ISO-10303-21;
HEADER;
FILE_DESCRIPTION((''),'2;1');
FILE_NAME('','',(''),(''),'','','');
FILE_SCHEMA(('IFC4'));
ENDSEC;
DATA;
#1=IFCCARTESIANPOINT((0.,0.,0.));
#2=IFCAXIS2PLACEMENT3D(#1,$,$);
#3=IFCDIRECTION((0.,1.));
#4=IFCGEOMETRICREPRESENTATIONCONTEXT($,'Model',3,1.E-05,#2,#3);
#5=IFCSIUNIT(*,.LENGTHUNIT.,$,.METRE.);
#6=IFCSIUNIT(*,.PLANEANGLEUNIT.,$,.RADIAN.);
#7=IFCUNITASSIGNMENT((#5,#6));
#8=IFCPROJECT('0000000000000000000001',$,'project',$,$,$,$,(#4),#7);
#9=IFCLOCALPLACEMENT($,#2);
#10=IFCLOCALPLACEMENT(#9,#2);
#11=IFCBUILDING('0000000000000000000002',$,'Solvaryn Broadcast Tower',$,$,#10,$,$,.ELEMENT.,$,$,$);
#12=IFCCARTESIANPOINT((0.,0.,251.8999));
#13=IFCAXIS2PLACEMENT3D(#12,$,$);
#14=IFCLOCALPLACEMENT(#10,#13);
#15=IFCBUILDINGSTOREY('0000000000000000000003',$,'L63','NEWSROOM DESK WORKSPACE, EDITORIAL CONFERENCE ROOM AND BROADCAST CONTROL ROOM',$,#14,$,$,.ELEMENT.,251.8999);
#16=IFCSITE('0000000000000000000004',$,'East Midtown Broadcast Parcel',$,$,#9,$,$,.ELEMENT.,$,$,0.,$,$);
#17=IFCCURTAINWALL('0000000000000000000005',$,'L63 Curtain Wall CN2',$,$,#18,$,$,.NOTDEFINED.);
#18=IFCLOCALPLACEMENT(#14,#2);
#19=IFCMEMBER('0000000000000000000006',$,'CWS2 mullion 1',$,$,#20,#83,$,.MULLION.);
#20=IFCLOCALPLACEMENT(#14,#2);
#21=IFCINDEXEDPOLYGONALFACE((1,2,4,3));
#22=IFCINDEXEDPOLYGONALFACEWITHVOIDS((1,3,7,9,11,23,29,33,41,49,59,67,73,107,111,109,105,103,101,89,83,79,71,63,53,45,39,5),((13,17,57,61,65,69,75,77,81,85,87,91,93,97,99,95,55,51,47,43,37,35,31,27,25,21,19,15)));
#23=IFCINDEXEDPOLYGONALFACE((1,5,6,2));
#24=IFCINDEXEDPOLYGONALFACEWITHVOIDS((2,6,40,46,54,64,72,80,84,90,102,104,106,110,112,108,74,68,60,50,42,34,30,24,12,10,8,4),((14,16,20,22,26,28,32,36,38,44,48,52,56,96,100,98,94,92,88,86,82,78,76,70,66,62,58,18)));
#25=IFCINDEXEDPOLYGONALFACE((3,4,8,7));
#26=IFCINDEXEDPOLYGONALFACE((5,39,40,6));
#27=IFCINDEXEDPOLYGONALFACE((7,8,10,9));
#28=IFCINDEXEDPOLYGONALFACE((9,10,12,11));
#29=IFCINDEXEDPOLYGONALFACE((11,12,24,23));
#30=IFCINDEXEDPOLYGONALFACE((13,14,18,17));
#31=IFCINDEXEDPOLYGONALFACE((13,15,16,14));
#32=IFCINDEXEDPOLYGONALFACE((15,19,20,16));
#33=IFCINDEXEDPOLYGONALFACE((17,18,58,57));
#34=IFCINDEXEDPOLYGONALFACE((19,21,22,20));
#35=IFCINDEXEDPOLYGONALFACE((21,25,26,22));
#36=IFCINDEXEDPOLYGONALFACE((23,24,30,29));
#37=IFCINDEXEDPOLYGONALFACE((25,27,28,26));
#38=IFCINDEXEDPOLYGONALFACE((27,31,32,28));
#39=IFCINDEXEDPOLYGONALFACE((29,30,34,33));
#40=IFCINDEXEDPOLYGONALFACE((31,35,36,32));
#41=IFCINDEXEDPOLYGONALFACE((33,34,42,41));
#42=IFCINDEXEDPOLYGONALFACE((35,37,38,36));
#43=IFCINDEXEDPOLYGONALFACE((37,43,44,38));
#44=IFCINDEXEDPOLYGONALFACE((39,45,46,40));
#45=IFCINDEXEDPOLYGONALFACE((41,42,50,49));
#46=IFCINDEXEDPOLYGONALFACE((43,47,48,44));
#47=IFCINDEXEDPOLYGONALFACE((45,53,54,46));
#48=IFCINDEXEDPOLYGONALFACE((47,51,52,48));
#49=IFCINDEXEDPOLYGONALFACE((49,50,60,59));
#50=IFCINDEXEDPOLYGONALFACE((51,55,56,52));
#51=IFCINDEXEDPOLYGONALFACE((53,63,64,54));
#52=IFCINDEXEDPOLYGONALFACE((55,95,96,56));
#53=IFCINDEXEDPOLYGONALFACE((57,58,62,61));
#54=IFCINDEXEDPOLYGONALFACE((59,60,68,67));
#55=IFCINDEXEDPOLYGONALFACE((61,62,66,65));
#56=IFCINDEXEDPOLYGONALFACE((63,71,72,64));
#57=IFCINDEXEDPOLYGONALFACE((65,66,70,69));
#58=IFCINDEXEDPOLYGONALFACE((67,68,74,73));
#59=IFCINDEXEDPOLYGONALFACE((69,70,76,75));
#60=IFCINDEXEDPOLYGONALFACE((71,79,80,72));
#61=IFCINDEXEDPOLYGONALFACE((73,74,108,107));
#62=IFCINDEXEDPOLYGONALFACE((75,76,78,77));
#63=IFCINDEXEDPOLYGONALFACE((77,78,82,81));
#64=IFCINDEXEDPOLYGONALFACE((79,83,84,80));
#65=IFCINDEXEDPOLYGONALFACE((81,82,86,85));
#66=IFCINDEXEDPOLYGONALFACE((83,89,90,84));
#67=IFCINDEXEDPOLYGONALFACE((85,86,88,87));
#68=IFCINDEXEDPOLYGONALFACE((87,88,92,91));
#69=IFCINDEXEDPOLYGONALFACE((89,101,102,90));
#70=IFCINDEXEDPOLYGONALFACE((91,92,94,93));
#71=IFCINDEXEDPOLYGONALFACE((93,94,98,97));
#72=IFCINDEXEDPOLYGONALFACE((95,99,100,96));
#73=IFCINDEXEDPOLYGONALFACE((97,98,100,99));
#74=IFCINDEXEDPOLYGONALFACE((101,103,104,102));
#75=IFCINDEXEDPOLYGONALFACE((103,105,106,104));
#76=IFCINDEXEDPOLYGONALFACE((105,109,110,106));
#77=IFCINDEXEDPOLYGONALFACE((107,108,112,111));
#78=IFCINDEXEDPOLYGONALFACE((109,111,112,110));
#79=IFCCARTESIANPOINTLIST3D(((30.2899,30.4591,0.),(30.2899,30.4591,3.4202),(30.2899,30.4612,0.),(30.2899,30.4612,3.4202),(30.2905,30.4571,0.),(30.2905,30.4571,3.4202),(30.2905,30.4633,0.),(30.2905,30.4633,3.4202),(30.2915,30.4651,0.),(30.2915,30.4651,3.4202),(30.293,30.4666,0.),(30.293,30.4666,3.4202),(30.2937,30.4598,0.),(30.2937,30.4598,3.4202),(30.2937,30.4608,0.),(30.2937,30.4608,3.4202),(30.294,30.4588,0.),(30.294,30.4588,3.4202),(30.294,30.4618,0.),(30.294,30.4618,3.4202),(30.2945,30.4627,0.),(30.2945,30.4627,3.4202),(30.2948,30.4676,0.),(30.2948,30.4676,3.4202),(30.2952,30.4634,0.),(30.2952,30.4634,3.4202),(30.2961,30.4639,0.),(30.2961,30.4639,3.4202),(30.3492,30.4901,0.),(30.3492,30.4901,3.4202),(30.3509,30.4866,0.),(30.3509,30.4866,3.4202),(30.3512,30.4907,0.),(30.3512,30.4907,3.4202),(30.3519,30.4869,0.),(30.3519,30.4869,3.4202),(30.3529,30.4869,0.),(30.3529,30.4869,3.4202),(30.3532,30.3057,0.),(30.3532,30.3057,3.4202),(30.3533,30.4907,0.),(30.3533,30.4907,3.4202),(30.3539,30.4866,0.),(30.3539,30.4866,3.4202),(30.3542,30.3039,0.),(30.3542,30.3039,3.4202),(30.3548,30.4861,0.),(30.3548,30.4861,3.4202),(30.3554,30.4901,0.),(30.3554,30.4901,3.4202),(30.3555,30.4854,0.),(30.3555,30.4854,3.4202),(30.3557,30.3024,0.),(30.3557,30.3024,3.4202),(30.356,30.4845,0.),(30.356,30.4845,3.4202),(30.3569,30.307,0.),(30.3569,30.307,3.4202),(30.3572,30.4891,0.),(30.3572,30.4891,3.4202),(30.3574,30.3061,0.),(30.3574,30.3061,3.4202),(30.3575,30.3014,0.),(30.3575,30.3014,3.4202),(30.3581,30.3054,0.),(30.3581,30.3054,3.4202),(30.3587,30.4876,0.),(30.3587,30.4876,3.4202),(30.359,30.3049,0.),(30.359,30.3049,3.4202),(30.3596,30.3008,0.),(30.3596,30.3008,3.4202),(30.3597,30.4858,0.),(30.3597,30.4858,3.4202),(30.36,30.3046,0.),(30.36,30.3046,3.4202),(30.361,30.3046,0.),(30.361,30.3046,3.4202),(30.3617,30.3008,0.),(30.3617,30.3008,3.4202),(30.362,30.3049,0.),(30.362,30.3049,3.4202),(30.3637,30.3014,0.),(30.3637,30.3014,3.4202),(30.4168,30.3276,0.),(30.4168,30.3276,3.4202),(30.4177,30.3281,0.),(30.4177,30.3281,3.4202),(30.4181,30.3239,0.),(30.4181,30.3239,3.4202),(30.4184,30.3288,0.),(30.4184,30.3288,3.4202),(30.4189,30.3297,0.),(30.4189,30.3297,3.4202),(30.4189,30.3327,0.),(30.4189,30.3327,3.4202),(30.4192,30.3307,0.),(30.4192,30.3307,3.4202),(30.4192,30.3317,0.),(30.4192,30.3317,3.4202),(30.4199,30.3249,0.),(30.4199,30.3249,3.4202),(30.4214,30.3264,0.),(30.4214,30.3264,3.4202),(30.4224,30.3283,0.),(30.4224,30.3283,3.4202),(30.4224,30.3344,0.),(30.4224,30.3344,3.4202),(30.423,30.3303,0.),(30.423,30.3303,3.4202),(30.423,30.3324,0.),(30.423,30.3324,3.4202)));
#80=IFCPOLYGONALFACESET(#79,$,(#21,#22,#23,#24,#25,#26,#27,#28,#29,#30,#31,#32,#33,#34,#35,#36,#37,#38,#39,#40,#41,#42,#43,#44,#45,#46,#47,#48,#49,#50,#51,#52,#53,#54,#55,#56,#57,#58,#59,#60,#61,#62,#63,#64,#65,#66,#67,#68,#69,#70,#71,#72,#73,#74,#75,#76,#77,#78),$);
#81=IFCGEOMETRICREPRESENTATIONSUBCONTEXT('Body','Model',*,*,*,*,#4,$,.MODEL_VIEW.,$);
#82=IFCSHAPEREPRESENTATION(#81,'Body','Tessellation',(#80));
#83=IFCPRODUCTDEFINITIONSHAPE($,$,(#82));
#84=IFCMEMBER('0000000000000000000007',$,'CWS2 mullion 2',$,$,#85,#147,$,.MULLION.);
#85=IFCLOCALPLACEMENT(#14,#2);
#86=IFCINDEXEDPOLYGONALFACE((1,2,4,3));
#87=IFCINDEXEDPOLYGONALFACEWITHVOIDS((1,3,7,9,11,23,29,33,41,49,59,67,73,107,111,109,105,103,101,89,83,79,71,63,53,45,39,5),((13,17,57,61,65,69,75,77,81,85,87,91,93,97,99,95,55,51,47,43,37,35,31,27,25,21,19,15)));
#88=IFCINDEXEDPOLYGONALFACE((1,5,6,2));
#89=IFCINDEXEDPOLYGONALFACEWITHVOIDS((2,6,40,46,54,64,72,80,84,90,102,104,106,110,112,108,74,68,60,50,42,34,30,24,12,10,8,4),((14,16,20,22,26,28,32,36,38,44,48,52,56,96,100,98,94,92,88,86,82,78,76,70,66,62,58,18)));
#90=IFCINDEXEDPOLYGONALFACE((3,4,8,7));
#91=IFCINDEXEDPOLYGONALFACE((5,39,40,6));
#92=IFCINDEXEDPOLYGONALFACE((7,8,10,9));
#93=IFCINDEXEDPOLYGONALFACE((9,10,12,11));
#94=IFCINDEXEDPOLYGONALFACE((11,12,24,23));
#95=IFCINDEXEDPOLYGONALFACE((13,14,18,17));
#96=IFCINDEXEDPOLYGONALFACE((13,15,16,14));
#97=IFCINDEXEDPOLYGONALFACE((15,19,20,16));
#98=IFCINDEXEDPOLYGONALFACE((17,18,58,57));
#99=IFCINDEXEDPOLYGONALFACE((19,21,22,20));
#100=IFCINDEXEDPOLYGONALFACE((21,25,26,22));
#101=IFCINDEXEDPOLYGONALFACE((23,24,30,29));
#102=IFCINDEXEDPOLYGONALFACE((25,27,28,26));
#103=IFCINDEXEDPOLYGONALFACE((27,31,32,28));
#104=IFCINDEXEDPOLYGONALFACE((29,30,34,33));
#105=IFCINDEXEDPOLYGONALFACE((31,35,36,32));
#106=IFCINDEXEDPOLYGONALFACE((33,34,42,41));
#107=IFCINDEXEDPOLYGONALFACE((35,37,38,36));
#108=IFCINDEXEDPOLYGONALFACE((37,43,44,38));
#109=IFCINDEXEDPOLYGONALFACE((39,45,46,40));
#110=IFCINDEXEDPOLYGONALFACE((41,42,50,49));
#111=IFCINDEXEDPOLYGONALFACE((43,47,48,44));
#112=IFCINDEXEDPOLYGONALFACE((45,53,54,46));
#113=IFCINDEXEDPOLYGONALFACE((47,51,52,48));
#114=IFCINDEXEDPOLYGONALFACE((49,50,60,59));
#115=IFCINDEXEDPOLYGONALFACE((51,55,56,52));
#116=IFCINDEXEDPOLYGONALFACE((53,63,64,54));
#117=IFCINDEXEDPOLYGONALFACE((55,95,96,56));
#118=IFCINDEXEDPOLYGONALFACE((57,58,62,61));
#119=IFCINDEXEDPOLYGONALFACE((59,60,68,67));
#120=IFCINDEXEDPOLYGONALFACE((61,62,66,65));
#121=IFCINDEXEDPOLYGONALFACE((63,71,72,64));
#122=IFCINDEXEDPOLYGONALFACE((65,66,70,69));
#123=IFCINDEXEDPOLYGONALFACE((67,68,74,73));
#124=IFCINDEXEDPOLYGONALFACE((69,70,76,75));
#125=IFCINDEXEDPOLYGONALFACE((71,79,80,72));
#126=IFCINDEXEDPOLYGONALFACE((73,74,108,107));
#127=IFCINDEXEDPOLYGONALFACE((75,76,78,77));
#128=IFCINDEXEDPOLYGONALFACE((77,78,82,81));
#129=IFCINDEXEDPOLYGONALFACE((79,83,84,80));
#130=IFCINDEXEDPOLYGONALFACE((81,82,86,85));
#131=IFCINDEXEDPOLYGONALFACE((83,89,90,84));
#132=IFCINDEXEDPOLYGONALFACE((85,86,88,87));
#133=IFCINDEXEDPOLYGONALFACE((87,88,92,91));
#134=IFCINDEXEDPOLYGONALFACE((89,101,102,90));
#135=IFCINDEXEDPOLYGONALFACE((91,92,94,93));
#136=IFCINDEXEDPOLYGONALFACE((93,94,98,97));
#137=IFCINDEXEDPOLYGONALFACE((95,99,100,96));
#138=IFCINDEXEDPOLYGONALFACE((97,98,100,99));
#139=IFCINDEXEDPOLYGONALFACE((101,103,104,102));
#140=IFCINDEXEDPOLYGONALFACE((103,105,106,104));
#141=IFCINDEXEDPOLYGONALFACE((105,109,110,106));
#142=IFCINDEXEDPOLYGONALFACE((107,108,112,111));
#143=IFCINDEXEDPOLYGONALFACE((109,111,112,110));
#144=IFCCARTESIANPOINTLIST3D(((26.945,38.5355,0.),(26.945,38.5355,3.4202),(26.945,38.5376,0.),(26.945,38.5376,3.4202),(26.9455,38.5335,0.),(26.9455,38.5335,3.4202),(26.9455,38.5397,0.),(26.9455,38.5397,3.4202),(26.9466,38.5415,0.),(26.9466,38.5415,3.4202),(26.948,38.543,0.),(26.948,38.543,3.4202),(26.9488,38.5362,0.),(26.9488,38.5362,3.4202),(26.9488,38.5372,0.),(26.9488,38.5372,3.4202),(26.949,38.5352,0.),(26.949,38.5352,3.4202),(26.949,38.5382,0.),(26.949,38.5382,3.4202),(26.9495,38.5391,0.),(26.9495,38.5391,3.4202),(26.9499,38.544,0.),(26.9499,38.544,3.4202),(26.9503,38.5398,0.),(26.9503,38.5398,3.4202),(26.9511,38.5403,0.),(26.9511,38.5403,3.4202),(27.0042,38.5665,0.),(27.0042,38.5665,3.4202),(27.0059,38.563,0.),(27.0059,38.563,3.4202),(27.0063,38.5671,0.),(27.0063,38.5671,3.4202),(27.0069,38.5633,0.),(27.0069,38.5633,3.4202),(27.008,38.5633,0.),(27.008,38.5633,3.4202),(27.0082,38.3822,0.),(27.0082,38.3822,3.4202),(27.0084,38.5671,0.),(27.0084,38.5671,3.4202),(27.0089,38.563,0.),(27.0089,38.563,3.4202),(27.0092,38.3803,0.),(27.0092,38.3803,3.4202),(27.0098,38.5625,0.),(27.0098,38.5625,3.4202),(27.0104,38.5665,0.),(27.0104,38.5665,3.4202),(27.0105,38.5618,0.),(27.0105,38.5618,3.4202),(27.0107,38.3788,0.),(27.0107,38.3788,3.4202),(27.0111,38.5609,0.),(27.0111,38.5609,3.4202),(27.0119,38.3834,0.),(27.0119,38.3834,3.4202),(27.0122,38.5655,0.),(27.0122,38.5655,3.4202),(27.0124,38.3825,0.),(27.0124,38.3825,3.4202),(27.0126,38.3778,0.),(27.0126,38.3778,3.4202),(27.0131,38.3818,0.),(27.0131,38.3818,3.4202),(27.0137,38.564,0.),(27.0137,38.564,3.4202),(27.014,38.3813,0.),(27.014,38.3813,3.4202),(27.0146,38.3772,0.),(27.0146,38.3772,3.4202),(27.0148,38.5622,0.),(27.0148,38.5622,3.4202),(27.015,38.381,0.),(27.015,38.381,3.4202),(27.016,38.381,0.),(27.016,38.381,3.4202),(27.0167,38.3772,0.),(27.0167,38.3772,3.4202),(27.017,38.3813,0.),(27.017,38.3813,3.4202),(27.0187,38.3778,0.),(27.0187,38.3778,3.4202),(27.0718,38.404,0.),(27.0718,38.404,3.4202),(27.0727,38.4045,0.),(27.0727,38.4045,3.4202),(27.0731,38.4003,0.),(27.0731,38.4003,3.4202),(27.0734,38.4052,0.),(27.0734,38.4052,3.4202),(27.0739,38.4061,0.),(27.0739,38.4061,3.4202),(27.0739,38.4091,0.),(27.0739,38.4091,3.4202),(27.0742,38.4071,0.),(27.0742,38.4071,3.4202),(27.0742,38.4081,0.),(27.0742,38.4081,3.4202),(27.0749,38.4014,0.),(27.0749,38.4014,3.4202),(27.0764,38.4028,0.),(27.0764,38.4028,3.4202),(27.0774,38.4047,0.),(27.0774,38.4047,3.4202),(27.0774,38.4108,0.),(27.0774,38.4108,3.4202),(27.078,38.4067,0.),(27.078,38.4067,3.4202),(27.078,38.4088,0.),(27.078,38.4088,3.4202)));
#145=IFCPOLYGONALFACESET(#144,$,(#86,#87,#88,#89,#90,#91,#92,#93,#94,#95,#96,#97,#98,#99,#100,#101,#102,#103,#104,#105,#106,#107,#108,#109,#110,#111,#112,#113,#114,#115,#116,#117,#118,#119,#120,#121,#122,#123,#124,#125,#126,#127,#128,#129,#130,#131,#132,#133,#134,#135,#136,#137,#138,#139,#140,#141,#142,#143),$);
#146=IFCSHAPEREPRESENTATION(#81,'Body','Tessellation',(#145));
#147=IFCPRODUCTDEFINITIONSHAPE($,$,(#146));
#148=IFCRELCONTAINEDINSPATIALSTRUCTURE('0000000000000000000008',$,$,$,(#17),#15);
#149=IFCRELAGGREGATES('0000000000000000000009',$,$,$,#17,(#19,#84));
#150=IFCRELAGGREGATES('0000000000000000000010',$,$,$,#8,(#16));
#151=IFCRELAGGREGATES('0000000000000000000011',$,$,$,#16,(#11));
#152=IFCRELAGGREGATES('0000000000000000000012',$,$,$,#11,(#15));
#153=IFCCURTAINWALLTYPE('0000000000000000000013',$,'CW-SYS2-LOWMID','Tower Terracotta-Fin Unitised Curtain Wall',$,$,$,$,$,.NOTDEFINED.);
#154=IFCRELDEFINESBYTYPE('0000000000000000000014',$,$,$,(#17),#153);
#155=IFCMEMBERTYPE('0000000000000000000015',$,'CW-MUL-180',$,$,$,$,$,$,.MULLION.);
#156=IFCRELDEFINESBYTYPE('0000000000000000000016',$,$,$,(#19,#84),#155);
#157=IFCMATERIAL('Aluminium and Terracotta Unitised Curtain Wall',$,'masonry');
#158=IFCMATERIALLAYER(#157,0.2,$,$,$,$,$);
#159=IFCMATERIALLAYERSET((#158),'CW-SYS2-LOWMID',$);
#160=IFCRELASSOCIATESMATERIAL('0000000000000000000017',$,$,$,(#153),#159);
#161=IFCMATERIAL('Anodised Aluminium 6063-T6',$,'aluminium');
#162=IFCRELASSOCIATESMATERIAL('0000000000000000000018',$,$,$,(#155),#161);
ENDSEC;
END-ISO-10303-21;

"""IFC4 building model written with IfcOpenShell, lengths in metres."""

from ifc_helpers import new_model, si_unit, direction, frame, origin, origin_2d, place, context, subcontext, project, spatial, hollow_rectangle, extrude, material, layer, layer_set, material_profile, profile_set, type_object, element, aggregate, save


model = new_model("IFC4")

# Units and contexts
model_context = context("Model", 3, precision=1e-05, world=origin(), true_north=direction((0.0, 1.0)))
body_context = subcontext(model_context, "Body", "Model", "MODEL_VIEW")
ifc_project = project(units=[si_unit("LENGTHUNIT", "METRE"), si_unit("PLANEANGLEUNIT", "RADIAN")], contexts=[model_context])

# Site, building, storey
site_placement = place(None, origin())
site = spatial("IfcSite", under=ifc_project, at=site_placement, Name="East Midtown Broadcast Parcel", CompositionType="ELEMENT", RefElevation=0.0)
building_placement = place(site_placement, origin())
building = spatial("IfcBuilding", under=site, at=building_placement, Name="Solvaryn Broadcast Tower", CompositionType="ELEMENT")
storey_placement = place(building_placement, frame((0.0, 0.0, 251.8999)))
storey = spatial("IfcBuildingStorey", under=building, at=storey_placement, Name="L63", Description="NEWSROOM DESK WORKSPACE, EDITORIAL CONFERENCE ROOM AND BROADCAST CONTROL ROOM", CompositionType="ELEMENT", Elevation=251.8999)

# Shared definitions
ifc_material_1 = material(Name="Aluminium and Terracotta Unitised Curtain Wall", Category="masonry")
ifc_layer_1 = layer(ifc_material_1, 0.2)
ifc_layer_set_1 = layer_set([ifc_layer_1], Name="CW-SYS2-LOWMID")
curtain_wall_type = type_object("IfcCurtainWallType", Name="CW-SYS2-LOWMID", Description="Tower Terracotta-Fin Unitised Curtain Wall", PredefinedType="NOTDEFINED", material=ifc_layer_set_1)
ifc_material_2 = material(Name="Anodised Aluminium 6063-T6", Category="aluminium")
ifc_material_profile_1 = material_profile(ifc_material_2, hollow_rectangle(XDim=0.075, YDim=0.1799, WallThickness=0.0039, InnerFilletRadius=0.0039, OuterFilletRadius=0.0081, at=origin_2d()))
ifc_profile_set_1 = profile_set([ifc_material_profile_1], Name="Anodised Aluminium 6063-T6")
member_type_1 = type_object("IfcMemberType", Name="CW-MUL-180", PredefinedType="MULLION", material=ifc_profile_set_1)

# Curtain wall, members
curtain_wall_1_placement = place(storey_placement, origin())
curtain_wall_1 = element("IfcCurtainWall", 1, at=curtain_wall_1_placement, inside=storey, type_object=curtain_wall_type, Name="L63 Curtain Wall CN2", PredefinedType="NOTDEFINED")
member_1_placement = place(storey_placement, frame((30.3564, 30.3958, 0.0), z_axis=(0.0, 0.0, 1.0), x_axis=(-0.923895, -0.382646, 0.0)))
member_1 = element("IfcMember", 2, at=member_1_placement, type_object=member_type_1, Name="CWS2 mullion 1", PredefinedType="MULLION", context=body_context, shape_type="SweptSolid", body=[
    extrude(hollow_rectangle(XDim=0.075, YDim=0.1799, WallThickness=0.0039, InnerFilletRadius=0.0039, OuterFilletRadius=0.0081, at=origin_2d()), origin(), (0.0, 0.0, 1.0), 3.4202),
])
member_2_placement = place(storey_placement, frame((27.0115, 38.4722, 0.0), z_axis=(0.0, 0.0, 1.0), x_axis=(-0.923895, -0.382646, 0.0)))
member_2 = element("IfcMember", 3, at=member_2_placement, type_object=member_type_1, Name="CWS2 mullion 2", PredefinedType="MULLION", context=body_context, shape_type="SweptSolid", body=[
    extrude(hollow_rectangle(XDim=0.075, YDim=0.1799, WallThickness=0.0039, InnerFilletRadius=0.0039, OuterFilletRadius=0.0081, at=origin_2d()), origin(), (0.0, 0.0, 1.0), 3.4202),
])
aggregate(curtain_wall_1, [member_1, member_2])

save(model, "model.ifc")
